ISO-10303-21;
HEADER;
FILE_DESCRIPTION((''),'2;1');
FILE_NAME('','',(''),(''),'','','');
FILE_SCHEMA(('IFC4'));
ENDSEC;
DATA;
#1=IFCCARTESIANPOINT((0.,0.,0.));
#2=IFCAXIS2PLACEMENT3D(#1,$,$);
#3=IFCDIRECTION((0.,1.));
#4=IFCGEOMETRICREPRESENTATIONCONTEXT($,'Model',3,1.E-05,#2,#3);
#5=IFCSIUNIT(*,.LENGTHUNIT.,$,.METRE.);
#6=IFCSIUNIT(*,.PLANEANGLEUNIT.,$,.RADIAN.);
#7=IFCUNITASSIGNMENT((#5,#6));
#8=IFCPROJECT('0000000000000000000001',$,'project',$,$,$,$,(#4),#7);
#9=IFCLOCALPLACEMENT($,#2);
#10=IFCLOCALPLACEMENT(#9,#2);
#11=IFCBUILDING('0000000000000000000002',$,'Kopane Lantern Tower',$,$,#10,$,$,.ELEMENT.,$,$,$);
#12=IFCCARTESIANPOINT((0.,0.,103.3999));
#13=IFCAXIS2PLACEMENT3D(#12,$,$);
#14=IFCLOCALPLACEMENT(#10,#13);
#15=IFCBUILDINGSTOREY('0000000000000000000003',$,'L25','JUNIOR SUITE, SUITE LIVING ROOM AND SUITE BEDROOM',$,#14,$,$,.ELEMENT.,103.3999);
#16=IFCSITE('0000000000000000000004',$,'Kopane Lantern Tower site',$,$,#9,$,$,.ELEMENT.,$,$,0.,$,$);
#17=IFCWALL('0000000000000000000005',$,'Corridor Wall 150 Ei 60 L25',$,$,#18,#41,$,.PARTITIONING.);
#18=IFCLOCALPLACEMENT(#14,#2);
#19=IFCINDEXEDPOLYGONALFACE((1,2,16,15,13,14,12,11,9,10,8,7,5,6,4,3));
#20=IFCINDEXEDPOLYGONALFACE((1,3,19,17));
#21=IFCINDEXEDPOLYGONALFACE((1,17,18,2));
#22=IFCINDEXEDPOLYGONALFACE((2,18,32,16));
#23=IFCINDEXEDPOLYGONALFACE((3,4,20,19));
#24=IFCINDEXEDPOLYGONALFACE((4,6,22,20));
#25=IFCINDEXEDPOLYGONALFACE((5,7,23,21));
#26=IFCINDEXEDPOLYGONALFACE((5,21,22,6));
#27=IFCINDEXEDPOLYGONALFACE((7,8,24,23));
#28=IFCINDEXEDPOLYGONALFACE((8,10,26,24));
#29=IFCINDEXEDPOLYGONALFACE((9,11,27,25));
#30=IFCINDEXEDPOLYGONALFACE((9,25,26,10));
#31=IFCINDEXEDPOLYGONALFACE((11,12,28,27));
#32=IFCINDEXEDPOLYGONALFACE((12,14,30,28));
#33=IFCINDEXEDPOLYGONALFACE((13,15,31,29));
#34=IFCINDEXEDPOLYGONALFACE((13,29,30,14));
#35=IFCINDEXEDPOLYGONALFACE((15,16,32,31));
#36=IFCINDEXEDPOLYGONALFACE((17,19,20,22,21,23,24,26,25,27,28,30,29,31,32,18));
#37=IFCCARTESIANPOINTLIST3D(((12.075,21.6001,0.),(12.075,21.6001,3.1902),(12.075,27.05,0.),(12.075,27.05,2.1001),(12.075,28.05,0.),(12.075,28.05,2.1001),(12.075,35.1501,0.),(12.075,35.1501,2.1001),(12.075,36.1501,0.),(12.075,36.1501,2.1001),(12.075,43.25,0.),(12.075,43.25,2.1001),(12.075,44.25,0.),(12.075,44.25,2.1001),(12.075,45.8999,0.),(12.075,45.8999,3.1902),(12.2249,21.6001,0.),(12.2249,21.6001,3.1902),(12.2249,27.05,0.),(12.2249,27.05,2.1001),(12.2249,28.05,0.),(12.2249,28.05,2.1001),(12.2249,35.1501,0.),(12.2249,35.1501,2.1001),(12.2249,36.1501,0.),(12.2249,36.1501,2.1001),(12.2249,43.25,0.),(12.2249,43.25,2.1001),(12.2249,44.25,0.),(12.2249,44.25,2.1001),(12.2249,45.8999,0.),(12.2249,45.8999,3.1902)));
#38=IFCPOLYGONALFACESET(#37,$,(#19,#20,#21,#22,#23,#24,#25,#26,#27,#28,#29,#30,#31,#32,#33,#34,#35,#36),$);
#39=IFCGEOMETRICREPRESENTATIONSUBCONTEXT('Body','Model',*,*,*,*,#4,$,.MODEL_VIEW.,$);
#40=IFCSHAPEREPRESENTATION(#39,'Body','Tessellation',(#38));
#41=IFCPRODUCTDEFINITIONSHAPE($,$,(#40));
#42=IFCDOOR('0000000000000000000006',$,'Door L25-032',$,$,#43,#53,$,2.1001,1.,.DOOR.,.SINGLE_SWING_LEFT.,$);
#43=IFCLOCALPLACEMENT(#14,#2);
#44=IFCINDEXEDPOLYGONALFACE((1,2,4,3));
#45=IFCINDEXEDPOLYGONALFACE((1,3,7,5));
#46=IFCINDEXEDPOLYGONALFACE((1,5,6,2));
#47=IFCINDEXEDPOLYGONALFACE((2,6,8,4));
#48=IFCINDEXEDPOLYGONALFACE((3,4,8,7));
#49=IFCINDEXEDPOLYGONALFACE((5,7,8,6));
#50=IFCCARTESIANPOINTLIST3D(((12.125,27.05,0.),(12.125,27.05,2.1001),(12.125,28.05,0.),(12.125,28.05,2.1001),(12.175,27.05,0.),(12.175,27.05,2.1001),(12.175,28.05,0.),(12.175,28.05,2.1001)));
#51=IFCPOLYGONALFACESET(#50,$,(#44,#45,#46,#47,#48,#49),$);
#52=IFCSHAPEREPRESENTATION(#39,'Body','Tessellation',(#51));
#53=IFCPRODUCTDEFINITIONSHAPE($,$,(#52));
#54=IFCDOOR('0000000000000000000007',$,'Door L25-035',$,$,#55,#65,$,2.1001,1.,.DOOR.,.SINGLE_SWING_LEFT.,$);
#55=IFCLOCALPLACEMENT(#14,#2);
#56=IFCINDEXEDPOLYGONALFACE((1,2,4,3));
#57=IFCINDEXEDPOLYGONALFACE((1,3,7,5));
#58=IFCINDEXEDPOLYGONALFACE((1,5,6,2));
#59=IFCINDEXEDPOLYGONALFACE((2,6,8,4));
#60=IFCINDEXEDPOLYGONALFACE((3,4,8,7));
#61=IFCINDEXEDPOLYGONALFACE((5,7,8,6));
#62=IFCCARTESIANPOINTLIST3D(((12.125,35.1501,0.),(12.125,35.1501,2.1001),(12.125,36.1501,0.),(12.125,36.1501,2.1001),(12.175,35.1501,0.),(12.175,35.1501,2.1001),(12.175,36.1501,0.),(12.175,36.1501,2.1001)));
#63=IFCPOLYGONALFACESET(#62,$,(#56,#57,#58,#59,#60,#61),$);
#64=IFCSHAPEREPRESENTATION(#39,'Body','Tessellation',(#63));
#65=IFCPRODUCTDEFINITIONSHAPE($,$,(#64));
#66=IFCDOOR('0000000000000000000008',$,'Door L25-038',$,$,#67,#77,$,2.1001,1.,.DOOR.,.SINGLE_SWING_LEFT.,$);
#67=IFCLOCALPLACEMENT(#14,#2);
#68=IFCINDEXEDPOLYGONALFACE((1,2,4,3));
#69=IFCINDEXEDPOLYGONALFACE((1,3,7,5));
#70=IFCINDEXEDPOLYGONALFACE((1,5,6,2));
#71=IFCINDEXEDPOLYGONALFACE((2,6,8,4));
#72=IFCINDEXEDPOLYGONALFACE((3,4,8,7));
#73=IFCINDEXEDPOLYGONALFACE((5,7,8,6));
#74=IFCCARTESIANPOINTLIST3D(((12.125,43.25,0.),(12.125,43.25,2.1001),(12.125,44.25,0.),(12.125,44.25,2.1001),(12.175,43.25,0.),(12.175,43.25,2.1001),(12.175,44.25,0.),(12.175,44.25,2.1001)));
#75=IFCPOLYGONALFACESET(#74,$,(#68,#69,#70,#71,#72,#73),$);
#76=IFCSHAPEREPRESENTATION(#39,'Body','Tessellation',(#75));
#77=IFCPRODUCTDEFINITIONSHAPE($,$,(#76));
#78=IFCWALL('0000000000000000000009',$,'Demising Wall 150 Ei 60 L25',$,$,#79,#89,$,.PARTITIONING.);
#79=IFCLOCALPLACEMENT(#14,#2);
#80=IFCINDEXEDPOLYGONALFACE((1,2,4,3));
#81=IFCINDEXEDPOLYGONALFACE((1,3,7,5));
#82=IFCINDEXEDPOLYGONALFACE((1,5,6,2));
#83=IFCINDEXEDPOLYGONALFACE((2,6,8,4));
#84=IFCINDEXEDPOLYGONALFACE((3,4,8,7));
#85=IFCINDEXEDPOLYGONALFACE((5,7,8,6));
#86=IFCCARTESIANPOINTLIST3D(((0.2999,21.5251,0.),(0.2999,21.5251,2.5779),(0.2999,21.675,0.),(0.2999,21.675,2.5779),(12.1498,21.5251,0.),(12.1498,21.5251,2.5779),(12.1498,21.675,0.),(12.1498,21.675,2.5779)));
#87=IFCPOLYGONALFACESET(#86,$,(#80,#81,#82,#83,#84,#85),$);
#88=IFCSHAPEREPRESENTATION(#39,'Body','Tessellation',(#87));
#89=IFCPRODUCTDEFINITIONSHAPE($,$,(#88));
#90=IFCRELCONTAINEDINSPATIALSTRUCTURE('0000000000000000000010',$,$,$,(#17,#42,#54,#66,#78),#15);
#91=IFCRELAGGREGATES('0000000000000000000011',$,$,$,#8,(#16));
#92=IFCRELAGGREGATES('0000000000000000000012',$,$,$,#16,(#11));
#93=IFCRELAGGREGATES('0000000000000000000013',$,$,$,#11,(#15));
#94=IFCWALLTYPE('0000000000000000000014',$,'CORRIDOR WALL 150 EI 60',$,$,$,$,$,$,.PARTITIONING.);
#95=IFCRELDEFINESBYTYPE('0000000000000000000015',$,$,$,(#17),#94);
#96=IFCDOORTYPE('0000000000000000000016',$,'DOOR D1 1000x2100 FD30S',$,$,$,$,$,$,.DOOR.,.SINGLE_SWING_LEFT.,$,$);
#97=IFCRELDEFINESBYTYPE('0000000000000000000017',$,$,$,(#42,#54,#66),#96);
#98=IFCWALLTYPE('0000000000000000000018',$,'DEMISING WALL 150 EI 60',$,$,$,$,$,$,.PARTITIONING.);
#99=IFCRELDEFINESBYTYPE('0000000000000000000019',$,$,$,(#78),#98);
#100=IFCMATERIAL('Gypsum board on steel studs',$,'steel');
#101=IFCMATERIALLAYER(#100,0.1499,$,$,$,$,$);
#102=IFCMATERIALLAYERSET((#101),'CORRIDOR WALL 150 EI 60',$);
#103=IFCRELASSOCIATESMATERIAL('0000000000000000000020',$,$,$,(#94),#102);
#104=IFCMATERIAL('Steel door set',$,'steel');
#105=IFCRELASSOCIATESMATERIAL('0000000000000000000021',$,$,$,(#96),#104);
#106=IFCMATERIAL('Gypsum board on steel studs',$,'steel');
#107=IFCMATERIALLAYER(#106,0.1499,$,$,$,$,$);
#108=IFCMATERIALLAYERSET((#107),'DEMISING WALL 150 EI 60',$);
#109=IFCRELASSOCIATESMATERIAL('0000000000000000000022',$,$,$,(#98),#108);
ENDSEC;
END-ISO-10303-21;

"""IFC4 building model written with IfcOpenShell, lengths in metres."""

from ifc_helpers import new_model, si_unit, direction, frame, frame_2d, origin, place, context, subcontext, project, spatial, rectangle, extrude, material, layer, layer_set, type_object, element, fill, save


model = new_model("IFC4")

# Units and contexts
model_context = context("Model", 3, precision=1e-05, world=origin(), true_north=direction((0.0, 1.0)))
body_context = subcontext(model_context, "Body", "Model", "MODEL_VIEW")
ifc_project = project(units=[si_unit("LENGTHUNIT", "METRE"), si_unit("PLANEANGLEUNIT", "RADIAN")], contexts=[model_context])

# Site, building, storey
site_placement = place(None, origin())
site = spatial("IfcSite", under=ifc_project, at=site_placement, Name="Kopane Lantern Tower site", CompositionType="ELEMENT", RefElevation=0.0)
building_placement = place(site_placement, origin())
building = spatial("IfcBuilding", under=site, at=building_placement, Name="Kopane Lantern Tower", CompositionType="ELEMENT")
storey_placement = place(building_placement, frame((0.0, 0.0, 103.3999)))
storey = spatial("IfcBuildingStorey", under=building, at=storey_placement, Name="L25", Description="JUNIOR SUITE, SUITE LIVING ROOM AND SUITE BEDROOM", CompositionType="ELEMENT", Elevation=103.3999)

# Wall, openings, doors
ifc_material_1 = material(Name="Gypsum board on steel studs", Category="steel")
ifc_layer_1 = layer(ifc_material_1, 0.1499)
ifc_layer_set_1 = layer_set([ifc_layer_1], Name="CORRIDOR WALL 150 EI 60")
wall_type_1 = type_object("IfcWallType", Name="CORRIDOR WALL 150 EI 60", PredefinedType="PARTITIONING", material=ifc_layer_set_1)
ifc_material_2 = material(Name="Steel door set", Category="steel")
door_type_1 = type_object("IfcDoorType", Name="DOOR D1 1000x2100 FD30S", OperationType="SINGLE_SWING_LEFT", PredefinedType="DOOR", material=ifc_material_2)
wall_1_placement = place(storey_placement, frame((12.1499, 21.6001, 0.0), z_axis=(0.0, 0.0, 1.0), x_axis=(0.0, 1.0, 0.0)))
wall_1 = element("IfcWall", 1, at=wall_1_placement, inside=storey, type_object=wall_type_1, Name="Corridor Wall 150 Ei 60 L25", PredefinedType="PARTITIONING", context=body_context, shape_type="SweptSolid", body=[
    extrude(rectangle(XDim=24.2998, YDim=0.1499, at=frame_2d((12.1499, 0.0))), origin(), (0.0, 0.0, 1.0), 3.1902),
])
opening_1_placement = place(wall_1_placement, frame((5.45, 0.0, 0.0)))
opening_1 = element("IfcOpeningElement", 2, at=opening_1_placement, cuts=wall_1, PredefinedType="OPENING", context=body_context, shape_type="SweptSolid", body=[
    extrude(rectangle(XDim=1.0, YDim=2.1001, at=frame_2d((0.5, 1.05))), frame((0.0, 0.085, 0.0), z_axis=(0.0, -1.0, 0.0), x_axis=(1.0, 0.0, 0.0)), (0.0, 0.0, 1.0), 0.1699),
])
opening_2_placement = place(wall_1_placement, frame((13.55, 0.0, 0.0)))
opening_2 = element("IfcOpeningElement", 3, at=opening_2_placement, cuts=wall_1, PredefinedType="OPENING", context=body_context, shape_type="SweptSolid", body=[
    extrude(rectangle(XDim=1.0, YDim=2.1001, at=frame_2d((0.5, 1.05))), frame((0.0, 0.085, 0.0), z_axis=(0.0, -1.0, 0.0), x_axis=(1.0, 0.0, 0.0)), (0.0, 0.0, 1.0), 0.1699),
])
opening_3_placement = place(wall_1_placement, frame((21.6499, 0.0, 0.0)))
opening_3 = element("IfcOpeningElement", 4, at=opening_3_placement, cuts=wall_1, PredefinedType="OPENING", context=body_context, shape_type="SweptSolid", body=[
    extrude(rectangle(XDim=1.0, YDim=2.1001, at=frame_2d((0.5, 1.05))), frame((0.0, 0.085, 0.0), z_axis=(0.0, -1.0, 0.0), x_axis=(1.0, 0.0, 0.0)), (0.0, 0.0, 1.0), 0.1699),
])
door_1_placement = place(opening_1_placement, origin())
door_1 = element("IfcDoor", 5, at=door_1_placement, inside=storey, type_object=door_type_1, Name="Door L25-032", OperationType="SINGLE_SWING_LEFT", OverallHeight=2.1001, OverallWidth=1.0, PredefinedType="DOOR", context=body_context, shape_type="SweptSolid", body=[
    extrude(rectangle(XDim=1.0, YDim=2.1001, at=frame_2d((0.5, 1.05))), frame((0.0, 0.0249, 0.0), z_axis=(0.0, -1.0, 0.0), x_axis=(1.0, 0.0, 0.0)), (0.0, 0.0, 1.0), 0.05),
])
fill(opening_1, door_1)
door_2_placement = place(opening_2_placement, origin())
door_2 = element("IfcDoor", 6, at=door_2_placement, inside=storey, type_object=door_type_1, Name="Door L25-035", OperationType="SINGLE_SWING_LEFT", OverallHeight=2.1001, OverallWidth=1.0, PredefinedType="DOOR", context=body_context, shape_type="SweptSolid", body=[
    extrude(rectangle(XDim=1.0, YDim=2.1001, at=frame_2d((0.5, 1.05))), frame((0.0, 0.0249, 0.0), z_axis=(0.0, -1.0, 0.0), x_axis=(1.0, 0.0, 0.0)), (0.0, 0.0, 1.0), 0.05),
])
fill(opening_2, door_2)
door_3_placement = place(opening_3_placement, origin())
door_3 = element("IfcDoor", 7, at=door_3_placement, inside=storey, type_object=door_type_1, Name="Door L25-038", OperationType="SINGLE_SWING_LEFT", OverallHeight=2.1001, OverallWidth=1.0, PredefinedType="DOOR", context=body_context, shape_type="SweptSolid", body=[
    extrude(rectangle(XDim=1.0, YDim=2.1001, at=frame_2d((0.5, 1.05))), frame((0.0, 0.0249, 0.0), z_axis=(0.0, -1.0, 0.0), x_axis=(1.0, 0.0, 0.0)), (0.0, 0.0, 1.0), 0.05),
])
fill(opening_3, door_3)

# Wall
ifc_material_3 = material(Name="Gypsum board on steel studs", Category="steel")
ifc_layer_2 = layer(ifc_material_3, 0.1499)
ifc_layer_set_2 = layer_set([ifc_layer_2], Name="DEMISING WALL 150 EI 60")
wall_type_2 = type_object("IfcWallType", Name="DEMISING WALL 150 EI 60", PredefinedType="PARTITIONING", material=ifc_layer_set_2)
wall_2_placement = place(storey_placement, frame((0.3, 21.6001, 0.0), z_axis=(0.0, 0.0, 1.0), x_axis=(1.0, 0.0, 0.0)))
element("IfcWall", 8, at=wall_2_placement, inside=storey, type_object=wall_type_2, Name="Demising Wall 150 Ei 60 L25", PredefinedType="PARTITIONING", context=body_context, shape_type="SweptSolid", body=[
    extrude(rectangle(XDim=11.8499, YDim=0.1499, at=frame_2d((5.9248, 0.0))), origin(), (0.0, 0.0, 1.0), 2.5779),
])

save(model, "model.ifc")
